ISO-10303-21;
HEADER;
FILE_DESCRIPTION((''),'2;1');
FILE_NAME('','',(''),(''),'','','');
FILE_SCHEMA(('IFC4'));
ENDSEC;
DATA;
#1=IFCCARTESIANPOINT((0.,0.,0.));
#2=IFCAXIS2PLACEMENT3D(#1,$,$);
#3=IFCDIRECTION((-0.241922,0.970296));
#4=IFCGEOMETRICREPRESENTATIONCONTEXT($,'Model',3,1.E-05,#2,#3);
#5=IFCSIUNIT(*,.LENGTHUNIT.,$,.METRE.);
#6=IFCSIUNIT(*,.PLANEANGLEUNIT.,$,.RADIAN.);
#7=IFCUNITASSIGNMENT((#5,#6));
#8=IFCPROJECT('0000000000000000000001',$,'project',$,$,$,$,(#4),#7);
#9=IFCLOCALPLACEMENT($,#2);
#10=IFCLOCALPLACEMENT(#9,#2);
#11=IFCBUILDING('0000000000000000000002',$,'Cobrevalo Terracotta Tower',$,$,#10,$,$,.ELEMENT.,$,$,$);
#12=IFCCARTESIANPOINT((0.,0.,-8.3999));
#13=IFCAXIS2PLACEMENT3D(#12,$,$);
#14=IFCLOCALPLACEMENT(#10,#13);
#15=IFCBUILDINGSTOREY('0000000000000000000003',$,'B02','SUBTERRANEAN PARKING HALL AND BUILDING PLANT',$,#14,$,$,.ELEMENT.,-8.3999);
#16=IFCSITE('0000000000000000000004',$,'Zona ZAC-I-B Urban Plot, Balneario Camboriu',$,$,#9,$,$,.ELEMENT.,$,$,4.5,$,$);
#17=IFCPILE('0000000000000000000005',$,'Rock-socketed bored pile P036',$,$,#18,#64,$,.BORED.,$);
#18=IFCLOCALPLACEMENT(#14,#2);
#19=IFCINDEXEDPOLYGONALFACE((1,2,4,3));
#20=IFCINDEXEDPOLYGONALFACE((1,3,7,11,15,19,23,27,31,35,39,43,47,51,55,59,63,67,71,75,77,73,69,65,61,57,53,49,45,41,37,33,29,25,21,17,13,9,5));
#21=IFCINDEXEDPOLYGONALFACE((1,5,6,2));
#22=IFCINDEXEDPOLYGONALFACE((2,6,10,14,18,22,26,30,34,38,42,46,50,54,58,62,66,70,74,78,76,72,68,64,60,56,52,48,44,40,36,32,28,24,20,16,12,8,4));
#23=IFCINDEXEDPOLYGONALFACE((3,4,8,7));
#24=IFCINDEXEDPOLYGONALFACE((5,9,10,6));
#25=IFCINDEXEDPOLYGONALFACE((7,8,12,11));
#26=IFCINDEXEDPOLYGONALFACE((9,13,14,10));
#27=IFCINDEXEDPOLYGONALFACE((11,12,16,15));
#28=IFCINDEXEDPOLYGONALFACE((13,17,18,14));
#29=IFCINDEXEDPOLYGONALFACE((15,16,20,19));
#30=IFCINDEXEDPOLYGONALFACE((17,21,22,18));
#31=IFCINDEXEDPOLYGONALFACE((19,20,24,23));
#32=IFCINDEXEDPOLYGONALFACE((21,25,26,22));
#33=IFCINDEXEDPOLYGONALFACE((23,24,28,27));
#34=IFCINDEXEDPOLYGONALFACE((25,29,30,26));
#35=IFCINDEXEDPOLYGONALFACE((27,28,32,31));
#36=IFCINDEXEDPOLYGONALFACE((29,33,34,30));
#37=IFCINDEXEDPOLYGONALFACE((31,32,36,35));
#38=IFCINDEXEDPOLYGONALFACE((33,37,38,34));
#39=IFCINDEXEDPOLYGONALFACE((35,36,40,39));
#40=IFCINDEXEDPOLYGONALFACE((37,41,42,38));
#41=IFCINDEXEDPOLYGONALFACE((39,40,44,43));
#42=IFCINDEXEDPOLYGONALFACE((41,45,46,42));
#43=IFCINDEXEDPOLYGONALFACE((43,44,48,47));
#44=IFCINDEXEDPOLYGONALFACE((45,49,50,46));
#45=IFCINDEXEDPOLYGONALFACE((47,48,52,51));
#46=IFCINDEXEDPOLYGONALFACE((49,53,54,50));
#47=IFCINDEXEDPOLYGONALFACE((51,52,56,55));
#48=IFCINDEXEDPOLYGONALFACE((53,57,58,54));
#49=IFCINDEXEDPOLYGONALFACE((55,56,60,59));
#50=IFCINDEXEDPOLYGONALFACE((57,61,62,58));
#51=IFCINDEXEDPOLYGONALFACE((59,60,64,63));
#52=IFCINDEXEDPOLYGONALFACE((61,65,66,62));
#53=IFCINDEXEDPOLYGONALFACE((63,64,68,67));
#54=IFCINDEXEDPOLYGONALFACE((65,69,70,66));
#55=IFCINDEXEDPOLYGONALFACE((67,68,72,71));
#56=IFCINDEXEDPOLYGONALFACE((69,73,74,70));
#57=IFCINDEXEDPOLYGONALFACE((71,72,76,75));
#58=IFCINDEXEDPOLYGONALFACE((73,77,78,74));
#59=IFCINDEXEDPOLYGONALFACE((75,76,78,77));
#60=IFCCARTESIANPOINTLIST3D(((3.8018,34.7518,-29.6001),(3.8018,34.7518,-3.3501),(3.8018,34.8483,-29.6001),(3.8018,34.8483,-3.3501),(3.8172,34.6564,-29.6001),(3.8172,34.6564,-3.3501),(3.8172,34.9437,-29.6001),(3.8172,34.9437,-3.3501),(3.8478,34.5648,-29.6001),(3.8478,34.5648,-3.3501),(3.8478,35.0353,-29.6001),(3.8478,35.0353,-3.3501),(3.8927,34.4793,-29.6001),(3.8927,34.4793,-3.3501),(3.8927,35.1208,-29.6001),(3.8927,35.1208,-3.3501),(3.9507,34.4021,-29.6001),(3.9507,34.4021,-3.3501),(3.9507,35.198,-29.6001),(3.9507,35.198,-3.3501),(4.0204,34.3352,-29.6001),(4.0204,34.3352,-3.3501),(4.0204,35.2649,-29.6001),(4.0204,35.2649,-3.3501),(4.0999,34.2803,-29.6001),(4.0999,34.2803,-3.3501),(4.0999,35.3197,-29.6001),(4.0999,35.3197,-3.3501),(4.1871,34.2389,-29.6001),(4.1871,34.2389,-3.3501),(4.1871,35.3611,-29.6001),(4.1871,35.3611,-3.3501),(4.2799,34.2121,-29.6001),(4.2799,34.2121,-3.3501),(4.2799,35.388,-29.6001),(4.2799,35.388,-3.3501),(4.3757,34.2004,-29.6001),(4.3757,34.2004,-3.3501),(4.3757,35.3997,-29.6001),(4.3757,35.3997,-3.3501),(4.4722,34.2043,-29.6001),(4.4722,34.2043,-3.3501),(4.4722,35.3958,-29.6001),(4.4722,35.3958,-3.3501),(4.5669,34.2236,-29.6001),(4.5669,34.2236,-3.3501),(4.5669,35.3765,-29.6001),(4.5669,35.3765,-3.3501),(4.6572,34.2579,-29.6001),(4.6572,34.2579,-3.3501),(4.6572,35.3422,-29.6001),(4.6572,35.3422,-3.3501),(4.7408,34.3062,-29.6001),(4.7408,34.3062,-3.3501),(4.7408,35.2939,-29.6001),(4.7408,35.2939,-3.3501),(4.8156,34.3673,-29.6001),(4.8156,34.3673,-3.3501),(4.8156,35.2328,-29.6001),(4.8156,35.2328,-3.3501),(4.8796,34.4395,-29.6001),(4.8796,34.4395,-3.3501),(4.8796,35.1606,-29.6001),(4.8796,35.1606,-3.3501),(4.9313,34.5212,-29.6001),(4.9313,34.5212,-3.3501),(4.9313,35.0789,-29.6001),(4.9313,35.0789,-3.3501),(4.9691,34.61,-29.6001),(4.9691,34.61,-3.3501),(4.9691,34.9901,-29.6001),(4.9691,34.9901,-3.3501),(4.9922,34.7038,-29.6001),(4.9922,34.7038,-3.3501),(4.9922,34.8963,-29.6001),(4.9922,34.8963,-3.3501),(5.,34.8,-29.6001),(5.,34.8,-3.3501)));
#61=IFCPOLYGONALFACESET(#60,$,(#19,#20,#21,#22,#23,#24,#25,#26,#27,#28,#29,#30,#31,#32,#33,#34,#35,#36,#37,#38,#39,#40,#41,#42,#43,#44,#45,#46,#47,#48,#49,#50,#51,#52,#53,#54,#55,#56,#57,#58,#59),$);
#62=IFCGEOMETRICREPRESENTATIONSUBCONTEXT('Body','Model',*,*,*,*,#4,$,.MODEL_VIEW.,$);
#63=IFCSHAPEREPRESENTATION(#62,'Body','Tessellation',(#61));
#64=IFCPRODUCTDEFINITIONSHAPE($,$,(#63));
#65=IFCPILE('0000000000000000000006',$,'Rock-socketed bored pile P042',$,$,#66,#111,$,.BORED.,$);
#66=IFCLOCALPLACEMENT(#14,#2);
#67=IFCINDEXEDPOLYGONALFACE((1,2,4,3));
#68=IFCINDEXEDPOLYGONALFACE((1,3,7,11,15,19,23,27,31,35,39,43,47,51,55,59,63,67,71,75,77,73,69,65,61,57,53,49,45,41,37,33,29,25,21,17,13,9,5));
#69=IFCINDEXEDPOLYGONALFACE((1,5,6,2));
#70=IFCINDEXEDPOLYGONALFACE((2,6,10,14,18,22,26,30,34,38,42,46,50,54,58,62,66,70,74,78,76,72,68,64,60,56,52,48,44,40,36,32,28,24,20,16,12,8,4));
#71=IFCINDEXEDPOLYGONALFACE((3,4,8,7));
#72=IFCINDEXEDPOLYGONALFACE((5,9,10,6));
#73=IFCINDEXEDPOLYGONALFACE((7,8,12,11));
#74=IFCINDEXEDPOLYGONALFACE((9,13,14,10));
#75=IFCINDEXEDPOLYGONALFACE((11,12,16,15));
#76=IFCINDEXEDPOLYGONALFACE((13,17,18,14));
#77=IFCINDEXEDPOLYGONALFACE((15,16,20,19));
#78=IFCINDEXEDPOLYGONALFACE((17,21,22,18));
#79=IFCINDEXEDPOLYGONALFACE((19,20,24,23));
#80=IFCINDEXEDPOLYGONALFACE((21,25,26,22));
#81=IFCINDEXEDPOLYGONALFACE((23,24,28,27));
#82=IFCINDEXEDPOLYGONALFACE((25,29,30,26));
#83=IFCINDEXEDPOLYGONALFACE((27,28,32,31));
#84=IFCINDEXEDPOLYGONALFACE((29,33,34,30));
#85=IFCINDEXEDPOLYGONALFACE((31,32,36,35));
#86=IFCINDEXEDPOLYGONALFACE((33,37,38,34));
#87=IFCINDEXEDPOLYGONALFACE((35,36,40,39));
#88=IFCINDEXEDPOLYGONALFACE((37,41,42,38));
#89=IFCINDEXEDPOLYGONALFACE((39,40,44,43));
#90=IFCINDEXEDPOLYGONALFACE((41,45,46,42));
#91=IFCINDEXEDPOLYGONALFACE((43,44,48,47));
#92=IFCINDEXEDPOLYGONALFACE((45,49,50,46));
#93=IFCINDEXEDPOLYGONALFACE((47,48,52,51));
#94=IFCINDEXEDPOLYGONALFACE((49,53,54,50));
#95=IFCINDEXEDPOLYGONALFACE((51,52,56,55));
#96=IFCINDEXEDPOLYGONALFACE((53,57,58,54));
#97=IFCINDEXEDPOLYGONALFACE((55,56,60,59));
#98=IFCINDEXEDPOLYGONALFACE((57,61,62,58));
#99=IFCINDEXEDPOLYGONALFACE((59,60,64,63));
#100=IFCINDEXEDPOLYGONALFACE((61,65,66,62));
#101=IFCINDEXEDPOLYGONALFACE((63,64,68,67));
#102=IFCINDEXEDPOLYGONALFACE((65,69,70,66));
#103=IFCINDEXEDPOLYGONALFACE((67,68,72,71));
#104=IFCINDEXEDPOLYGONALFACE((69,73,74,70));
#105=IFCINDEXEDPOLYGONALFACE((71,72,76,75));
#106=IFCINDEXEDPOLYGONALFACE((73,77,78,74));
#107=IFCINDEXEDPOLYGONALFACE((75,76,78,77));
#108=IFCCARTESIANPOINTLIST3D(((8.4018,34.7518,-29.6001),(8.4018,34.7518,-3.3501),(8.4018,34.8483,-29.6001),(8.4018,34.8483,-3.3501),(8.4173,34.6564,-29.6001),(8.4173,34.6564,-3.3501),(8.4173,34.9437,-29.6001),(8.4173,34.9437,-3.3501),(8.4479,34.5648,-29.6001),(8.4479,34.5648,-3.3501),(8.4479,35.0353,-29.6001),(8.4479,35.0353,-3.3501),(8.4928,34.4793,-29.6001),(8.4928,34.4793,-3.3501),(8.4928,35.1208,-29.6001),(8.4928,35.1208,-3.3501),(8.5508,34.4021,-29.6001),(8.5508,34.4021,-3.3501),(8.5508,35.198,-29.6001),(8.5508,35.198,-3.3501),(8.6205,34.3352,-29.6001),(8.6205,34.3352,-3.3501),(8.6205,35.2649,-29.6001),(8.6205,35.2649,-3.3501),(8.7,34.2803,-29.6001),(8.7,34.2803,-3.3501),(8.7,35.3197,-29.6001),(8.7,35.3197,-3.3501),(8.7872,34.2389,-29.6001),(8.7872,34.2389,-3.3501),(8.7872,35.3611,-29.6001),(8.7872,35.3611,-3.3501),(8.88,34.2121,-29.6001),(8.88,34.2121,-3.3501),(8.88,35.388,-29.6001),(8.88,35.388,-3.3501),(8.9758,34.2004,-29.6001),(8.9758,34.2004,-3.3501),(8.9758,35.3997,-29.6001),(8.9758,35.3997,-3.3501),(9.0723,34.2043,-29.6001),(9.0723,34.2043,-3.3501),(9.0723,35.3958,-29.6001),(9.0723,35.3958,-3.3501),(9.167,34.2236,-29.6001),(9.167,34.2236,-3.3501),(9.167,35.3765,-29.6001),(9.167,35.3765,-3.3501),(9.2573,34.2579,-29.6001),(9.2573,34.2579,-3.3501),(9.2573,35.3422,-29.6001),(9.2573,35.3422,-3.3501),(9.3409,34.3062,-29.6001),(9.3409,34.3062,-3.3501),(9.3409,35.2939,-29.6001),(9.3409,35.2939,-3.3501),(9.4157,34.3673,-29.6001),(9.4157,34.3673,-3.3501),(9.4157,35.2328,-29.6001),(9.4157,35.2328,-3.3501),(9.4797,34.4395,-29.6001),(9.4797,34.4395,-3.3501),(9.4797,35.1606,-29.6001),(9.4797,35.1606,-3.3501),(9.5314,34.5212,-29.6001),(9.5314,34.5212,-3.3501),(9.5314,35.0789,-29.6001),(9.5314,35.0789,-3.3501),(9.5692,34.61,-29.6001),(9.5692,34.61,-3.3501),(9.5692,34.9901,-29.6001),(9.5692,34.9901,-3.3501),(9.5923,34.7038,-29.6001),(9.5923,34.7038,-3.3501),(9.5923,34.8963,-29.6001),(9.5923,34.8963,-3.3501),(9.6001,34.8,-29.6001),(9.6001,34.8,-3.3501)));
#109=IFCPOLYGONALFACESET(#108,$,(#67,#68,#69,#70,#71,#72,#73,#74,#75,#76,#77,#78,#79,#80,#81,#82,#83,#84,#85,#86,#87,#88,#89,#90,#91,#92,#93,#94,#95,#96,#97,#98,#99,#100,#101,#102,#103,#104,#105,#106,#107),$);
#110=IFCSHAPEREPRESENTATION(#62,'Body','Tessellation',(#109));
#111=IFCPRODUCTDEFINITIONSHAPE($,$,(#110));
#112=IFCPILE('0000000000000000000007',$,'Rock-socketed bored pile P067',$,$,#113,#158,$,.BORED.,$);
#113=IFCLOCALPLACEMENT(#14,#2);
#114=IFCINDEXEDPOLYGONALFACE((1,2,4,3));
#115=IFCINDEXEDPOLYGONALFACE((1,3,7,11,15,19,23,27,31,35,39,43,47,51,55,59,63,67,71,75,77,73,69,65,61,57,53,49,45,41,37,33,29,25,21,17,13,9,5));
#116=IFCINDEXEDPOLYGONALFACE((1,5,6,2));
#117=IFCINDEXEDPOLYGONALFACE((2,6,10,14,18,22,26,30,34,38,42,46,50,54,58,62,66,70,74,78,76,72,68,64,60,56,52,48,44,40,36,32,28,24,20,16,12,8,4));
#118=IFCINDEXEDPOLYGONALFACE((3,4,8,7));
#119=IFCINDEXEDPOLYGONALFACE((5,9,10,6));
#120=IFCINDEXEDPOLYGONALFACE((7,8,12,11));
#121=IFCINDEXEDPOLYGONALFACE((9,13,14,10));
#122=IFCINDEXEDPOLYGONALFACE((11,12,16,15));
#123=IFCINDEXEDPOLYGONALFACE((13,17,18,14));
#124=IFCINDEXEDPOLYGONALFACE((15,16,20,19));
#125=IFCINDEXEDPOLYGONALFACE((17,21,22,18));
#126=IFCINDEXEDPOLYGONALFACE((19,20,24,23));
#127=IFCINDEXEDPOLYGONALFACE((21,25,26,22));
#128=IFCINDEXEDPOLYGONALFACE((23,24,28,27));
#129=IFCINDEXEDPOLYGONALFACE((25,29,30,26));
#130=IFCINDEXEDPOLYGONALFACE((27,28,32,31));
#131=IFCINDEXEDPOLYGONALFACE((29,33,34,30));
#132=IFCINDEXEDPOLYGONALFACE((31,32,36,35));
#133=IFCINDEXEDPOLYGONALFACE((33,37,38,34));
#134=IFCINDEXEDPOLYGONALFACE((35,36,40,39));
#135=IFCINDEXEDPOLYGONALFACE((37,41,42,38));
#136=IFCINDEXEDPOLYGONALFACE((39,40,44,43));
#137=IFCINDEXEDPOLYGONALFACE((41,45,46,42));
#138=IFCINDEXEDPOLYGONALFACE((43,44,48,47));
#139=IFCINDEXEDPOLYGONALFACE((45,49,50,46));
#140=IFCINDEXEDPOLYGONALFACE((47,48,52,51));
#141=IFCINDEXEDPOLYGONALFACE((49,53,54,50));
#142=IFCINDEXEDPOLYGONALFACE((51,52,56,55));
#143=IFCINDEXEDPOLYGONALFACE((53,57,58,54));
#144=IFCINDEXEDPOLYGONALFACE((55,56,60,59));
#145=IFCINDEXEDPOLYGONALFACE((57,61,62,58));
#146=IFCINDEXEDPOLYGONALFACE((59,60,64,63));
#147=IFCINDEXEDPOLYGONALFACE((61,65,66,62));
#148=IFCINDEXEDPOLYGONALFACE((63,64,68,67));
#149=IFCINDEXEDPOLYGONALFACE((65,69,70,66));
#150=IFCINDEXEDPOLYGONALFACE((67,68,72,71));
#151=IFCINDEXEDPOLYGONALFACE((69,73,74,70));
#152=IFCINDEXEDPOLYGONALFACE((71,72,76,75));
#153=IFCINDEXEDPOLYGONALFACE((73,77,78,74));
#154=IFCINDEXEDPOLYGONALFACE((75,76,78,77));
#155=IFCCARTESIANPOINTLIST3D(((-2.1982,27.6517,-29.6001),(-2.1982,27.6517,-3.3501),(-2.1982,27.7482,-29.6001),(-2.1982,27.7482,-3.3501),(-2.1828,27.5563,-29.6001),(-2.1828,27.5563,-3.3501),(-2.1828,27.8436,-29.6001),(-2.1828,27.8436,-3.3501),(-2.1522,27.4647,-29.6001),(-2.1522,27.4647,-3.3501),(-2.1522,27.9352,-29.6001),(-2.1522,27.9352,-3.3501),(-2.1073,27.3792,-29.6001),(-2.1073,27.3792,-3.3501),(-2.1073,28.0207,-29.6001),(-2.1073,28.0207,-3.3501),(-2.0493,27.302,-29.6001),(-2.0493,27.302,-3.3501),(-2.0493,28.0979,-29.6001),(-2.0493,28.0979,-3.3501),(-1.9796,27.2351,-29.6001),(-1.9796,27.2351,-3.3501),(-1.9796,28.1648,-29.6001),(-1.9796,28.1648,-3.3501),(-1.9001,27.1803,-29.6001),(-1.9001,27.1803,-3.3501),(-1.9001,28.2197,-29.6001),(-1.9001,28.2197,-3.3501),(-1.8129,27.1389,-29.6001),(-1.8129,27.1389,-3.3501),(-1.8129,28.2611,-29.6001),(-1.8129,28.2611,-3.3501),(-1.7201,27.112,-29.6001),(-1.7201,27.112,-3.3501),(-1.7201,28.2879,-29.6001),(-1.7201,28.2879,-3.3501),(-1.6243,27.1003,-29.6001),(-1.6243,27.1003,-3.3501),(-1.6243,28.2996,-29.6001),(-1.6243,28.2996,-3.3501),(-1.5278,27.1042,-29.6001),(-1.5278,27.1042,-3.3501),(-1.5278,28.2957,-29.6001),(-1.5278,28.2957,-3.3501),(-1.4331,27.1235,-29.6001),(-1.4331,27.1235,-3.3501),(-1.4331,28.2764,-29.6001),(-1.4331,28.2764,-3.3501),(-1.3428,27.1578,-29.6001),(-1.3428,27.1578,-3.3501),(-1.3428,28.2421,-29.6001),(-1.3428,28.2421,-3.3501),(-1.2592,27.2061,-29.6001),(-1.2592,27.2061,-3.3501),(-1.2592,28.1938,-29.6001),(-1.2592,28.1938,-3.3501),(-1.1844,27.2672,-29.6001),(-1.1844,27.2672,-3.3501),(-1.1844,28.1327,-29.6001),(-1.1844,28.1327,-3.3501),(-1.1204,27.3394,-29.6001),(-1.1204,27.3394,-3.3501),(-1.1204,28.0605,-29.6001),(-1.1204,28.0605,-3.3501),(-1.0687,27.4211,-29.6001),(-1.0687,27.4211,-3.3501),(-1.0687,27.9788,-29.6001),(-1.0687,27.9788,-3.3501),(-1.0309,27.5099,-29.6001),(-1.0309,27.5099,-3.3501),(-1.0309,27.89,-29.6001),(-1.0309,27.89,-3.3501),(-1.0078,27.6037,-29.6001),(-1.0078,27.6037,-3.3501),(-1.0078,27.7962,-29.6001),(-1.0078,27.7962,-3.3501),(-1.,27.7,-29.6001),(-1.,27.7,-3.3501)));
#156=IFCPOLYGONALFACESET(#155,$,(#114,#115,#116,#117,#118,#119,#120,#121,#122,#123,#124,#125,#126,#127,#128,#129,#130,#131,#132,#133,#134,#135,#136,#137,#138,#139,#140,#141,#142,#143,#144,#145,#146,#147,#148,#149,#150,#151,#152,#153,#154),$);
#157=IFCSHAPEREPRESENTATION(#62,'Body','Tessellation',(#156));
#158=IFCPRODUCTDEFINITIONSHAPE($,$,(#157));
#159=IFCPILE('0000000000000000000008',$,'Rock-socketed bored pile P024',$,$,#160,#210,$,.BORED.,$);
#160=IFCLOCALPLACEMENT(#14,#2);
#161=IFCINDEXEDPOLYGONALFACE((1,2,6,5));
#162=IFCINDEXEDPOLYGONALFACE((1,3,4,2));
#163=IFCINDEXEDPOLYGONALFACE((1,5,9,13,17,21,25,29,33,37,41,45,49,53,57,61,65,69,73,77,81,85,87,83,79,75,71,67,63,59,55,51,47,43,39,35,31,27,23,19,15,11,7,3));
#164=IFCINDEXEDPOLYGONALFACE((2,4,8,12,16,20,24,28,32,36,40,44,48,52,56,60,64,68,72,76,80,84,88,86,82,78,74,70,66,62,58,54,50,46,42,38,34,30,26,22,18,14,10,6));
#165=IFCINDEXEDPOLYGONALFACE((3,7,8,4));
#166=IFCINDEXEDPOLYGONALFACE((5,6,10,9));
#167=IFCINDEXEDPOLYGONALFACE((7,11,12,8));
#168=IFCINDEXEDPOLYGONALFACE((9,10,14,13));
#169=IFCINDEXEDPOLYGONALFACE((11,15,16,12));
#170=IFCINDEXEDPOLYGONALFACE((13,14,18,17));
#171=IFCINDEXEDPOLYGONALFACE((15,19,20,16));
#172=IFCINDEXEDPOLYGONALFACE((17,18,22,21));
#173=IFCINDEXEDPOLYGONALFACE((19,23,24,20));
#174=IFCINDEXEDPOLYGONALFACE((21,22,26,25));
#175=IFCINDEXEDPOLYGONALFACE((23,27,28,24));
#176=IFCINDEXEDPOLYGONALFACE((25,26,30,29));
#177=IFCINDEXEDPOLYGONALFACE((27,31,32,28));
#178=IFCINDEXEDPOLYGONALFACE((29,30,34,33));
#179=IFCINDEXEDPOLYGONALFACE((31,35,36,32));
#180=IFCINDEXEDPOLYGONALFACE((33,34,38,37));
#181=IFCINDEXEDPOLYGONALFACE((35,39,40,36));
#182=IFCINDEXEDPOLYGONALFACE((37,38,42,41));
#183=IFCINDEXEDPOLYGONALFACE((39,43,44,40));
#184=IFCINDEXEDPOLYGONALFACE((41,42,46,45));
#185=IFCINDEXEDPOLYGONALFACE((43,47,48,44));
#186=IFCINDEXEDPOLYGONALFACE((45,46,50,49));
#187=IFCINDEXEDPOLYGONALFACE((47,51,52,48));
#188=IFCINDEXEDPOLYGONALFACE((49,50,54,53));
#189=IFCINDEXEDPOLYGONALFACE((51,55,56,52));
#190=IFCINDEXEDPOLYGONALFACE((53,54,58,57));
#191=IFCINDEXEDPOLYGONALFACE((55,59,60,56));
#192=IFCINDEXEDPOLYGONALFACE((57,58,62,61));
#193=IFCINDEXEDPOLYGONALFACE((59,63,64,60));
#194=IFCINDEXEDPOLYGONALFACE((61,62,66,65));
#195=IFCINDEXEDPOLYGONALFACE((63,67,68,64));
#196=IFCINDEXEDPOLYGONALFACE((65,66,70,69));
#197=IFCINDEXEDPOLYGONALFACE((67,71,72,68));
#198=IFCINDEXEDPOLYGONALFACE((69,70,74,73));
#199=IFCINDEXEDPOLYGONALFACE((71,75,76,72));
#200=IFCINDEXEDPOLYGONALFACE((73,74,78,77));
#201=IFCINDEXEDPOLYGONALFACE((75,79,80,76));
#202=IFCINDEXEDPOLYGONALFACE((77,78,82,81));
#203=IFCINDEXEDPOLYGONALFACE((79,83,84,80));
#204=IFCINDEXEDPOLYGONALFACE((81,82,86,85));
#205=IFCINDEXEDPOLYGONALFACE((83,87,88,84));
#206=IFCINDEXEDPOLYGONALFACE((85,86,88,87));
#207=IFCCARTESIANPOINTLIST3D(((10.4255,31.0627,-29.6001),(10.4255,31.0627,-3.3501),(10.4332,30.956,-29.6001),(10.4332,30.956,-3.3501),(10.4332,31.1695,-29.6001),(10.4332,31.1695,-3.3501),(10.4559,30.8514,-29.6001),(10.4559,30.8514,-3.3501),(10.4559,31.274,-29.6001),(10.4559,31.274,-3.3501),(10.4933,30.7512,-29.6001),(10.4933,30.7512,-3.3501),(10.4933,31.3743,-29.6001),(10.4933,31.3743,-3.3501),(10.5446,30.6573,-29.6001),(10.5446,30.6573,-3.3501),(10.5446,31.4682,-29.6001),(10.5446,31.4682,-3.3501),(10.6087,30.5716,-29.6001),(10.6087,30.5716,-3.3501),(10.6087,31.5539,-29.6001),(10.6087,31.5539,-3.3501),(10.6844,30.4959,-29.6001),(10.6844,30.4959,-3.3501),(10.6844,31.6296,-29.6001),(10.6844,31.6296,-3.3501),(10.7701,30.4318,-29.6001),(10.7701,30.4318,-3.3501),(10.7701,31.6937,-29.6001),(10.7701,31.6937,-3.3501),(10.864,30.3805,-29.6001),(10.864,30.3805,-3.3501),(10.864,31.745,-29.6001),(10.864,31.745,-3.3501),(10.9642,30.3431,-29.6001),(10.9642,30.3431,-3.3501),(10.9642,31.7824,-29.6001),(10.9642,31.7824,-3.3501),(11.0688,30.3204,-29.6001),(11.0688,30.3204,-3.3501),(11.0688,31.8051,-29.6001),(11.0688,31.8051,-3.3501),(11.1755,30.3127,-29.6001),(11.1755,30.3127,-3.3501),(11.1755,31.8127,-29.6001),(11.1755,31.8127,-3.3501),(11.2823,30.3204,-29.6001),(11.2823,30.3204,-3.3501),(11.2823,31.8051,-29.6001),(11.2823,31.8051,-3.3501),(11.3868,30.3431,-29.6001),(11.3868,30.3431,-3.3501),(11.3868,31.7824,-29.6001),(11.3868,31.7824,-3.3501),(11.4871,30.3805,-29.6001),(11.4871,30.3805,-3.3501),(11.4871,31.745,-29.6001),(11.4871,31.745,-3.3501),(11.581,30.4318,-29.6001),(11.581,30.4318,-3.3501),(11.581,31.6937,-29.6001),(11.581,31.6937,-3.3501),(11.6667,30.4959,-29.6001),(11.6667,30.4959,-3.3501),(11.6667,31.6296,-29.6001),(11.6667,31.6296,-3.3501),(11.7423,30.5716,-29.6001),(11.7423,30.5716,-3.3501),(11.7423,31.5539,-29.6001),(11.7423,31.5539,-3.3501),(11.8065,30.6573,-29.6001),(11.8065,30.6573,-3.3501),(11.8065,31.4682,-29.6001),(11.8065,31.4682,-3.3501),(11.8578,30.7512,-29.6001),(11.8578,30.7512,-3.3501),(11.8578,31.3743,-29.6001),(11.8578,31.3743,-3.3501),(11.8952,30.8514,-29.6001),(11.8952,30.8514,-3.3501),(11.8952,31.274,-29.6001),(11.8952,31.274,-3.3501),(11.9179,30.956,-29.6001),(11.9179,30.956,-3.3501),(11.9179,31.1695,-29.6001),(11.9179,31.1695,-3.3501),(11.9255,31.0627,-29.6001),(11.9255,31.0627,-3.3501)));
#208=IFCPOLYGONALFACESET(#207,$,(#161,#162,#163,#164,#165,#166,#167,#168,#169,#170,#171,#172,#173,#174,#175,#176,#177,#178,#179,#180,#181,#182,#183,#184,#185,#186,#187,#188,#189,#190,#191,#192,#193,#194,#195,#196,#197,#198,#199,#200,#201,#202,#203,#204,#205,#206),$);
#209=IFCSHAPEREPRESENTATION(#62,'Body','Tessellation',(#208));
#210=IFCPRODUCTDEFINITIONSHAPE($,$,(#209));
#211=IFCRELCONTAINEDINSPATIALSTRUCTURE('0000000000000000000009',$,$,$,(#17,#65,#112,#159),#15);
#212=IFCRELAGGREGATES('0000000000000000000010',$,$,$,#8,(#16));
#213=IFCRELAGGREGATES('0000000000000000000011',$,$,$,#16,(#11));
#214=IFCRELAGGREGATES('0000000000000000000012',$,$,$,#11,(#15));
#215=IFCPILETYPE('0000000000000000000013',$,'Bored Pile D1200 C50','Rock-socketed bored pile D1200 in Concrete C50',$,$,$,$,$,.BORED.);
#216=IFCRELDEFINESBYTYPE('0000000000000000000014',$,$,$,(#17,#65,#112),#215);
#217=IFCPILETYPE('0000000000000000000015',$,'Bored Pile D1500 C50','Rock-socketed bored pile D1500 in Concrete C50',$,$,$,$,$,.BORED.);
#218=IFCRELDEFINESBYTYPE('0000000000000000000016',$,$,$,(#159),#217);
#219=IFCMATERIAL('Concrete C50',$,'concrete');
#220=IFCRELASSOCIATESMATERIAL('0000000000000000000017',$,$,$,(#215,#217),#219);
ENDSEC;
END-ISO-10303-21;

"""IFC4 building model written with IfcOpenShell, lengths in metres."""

from ifc_helpers import new_model, si_unit, direction, frame, origin, origin_2d, place, context, subcontext, project, spatial, circle, extrude, material, material_profile, profile_set, type_object, element, save


model = new_model("IFC4")

# Units and contexts
model_context = context("Model", 3, precision=1e-05, world=origin(), true_north=direction((-0.241922, 0.970296)))
body_context = subcontext(model_context, "Body", "Model", "MODEL_VIEW")
ifc_project = project(units=[si_unit("LENGTHUNIT", "METRE"), si_unit("PLANEANGLEUNIT", "RADIAN")], contexts=[model_context])

# Site, building, storey
site_placement = place(None, origin())
site = spatial("IfcSite", under=ifc_project, at=site_placement, Name="Zona ZAC-I-B Urban Plot, Balneario Camboriu", CompositionType="ELEMENT", RefElevation=4.5)
building_placement = place(site_placement, origin())
building = spatial("IfcBuilding", under=site, at=building_placement, Name="Cobrevalo Terracotta Tower", CompositionType="ELEMENT")
storey_placement = place(building_placement, frame((0.0, 0.0, -8.3999)))
storey = spatial("IfcBuildingStorey", under=building, at=storey_placement, Name="B02", Description="SUBTERRANEAN PARKING HALL AND BUILDING PLANT", CompositionType="ELEMENT", Elevation=-8.3999)

# Piles
ifc_material_1 = material(Name="Concrete C50", Category="concrete")
ifc_material_profile_1 = material_profile(ifc_material_1, circle(Radius=0.6001, at=origin_2d()), Name="PILE D1200")
ifc_profile_set_1 = profile_set([ifc_material_profile_1], Name="Concrete C50")
pile_type_1 = type_object("IfcPileType", Name="Bored Pile D1200 C50", Description="Rock-socketed bored pile D1200 in Concrete C50", PredefinedType="BORED", material=ifc_profile_set_1)
for number, where, z_axis, x_axis, name in (
    (1, (4.3999, 34.8, -3.3501), (0.0, 0.0, -1.0), (1.0, 0.0, 0.0), "Rock-socketed bored pile P036"),
    (2, (9.0, 34.8, -3.3501), (0.0, 0.0, -1.0), (1.0, 0.0, 0.0), "Rock-socketed bored pile P042"),
    (3, (-1.6001, 27.7, -3.3501), (0.0, 0.0, -1.0), (1.0, 0.0, 0.0), "Rock-socketed bored pile P067"),
):
    element("IfcPile", number, at=place(storey_placement, frame(where, z_axis=z_axis, x_axis=x_axis)), inside=storey, type_object=pile_type_1, Name=name, PredefinedType="BORED", context=body_context, shape_type="SweptSolid", body=[
        extrude(circle(Radius=0.6001, at=origin_2d()), origin(), (0.0, 0.0, 1.0), 26.25),
    ])
ifc_material_profile_2 = material_profile(ifc_material_1, circle(Radius=0.75, at=origin_2d()), Name="PILE D1500")
ifc_profile_set_2 = profile_set([ifc_material_profile_2], Name="Concrete C50")
pile_type_2 = type_object("IfcPileType", Name="Bored Pile D1500 C50", Description="Rock-socketed bored pile D1500 in Concrete C50", PredefinedType="BORED", material=ifc_profile_set_2)
for number, where, z_axis, x_axis, name in (
    (4, (11.1755, 31.0627, -3.3501), (0.0, 0.0, -1.0), (1.0, 0.0, 0.0), "Rock-socketed bored pile P024"),
):
    element("IfcPile", number, at=place(storey_placement, frame(where, z_axis=z_axis, x_axis=x_axis)), inside=storey, type_object=pile_type_2, Name=name, PredefinedType="BORED", context=body_context, shape_type="SweptSolid", body=[
        extrude(circle(Radius=0.75, at=origin_2d()), origin(), (0.0, 0.0, 1.0), 26.25),
    ])

save(model, "model.ifc")
